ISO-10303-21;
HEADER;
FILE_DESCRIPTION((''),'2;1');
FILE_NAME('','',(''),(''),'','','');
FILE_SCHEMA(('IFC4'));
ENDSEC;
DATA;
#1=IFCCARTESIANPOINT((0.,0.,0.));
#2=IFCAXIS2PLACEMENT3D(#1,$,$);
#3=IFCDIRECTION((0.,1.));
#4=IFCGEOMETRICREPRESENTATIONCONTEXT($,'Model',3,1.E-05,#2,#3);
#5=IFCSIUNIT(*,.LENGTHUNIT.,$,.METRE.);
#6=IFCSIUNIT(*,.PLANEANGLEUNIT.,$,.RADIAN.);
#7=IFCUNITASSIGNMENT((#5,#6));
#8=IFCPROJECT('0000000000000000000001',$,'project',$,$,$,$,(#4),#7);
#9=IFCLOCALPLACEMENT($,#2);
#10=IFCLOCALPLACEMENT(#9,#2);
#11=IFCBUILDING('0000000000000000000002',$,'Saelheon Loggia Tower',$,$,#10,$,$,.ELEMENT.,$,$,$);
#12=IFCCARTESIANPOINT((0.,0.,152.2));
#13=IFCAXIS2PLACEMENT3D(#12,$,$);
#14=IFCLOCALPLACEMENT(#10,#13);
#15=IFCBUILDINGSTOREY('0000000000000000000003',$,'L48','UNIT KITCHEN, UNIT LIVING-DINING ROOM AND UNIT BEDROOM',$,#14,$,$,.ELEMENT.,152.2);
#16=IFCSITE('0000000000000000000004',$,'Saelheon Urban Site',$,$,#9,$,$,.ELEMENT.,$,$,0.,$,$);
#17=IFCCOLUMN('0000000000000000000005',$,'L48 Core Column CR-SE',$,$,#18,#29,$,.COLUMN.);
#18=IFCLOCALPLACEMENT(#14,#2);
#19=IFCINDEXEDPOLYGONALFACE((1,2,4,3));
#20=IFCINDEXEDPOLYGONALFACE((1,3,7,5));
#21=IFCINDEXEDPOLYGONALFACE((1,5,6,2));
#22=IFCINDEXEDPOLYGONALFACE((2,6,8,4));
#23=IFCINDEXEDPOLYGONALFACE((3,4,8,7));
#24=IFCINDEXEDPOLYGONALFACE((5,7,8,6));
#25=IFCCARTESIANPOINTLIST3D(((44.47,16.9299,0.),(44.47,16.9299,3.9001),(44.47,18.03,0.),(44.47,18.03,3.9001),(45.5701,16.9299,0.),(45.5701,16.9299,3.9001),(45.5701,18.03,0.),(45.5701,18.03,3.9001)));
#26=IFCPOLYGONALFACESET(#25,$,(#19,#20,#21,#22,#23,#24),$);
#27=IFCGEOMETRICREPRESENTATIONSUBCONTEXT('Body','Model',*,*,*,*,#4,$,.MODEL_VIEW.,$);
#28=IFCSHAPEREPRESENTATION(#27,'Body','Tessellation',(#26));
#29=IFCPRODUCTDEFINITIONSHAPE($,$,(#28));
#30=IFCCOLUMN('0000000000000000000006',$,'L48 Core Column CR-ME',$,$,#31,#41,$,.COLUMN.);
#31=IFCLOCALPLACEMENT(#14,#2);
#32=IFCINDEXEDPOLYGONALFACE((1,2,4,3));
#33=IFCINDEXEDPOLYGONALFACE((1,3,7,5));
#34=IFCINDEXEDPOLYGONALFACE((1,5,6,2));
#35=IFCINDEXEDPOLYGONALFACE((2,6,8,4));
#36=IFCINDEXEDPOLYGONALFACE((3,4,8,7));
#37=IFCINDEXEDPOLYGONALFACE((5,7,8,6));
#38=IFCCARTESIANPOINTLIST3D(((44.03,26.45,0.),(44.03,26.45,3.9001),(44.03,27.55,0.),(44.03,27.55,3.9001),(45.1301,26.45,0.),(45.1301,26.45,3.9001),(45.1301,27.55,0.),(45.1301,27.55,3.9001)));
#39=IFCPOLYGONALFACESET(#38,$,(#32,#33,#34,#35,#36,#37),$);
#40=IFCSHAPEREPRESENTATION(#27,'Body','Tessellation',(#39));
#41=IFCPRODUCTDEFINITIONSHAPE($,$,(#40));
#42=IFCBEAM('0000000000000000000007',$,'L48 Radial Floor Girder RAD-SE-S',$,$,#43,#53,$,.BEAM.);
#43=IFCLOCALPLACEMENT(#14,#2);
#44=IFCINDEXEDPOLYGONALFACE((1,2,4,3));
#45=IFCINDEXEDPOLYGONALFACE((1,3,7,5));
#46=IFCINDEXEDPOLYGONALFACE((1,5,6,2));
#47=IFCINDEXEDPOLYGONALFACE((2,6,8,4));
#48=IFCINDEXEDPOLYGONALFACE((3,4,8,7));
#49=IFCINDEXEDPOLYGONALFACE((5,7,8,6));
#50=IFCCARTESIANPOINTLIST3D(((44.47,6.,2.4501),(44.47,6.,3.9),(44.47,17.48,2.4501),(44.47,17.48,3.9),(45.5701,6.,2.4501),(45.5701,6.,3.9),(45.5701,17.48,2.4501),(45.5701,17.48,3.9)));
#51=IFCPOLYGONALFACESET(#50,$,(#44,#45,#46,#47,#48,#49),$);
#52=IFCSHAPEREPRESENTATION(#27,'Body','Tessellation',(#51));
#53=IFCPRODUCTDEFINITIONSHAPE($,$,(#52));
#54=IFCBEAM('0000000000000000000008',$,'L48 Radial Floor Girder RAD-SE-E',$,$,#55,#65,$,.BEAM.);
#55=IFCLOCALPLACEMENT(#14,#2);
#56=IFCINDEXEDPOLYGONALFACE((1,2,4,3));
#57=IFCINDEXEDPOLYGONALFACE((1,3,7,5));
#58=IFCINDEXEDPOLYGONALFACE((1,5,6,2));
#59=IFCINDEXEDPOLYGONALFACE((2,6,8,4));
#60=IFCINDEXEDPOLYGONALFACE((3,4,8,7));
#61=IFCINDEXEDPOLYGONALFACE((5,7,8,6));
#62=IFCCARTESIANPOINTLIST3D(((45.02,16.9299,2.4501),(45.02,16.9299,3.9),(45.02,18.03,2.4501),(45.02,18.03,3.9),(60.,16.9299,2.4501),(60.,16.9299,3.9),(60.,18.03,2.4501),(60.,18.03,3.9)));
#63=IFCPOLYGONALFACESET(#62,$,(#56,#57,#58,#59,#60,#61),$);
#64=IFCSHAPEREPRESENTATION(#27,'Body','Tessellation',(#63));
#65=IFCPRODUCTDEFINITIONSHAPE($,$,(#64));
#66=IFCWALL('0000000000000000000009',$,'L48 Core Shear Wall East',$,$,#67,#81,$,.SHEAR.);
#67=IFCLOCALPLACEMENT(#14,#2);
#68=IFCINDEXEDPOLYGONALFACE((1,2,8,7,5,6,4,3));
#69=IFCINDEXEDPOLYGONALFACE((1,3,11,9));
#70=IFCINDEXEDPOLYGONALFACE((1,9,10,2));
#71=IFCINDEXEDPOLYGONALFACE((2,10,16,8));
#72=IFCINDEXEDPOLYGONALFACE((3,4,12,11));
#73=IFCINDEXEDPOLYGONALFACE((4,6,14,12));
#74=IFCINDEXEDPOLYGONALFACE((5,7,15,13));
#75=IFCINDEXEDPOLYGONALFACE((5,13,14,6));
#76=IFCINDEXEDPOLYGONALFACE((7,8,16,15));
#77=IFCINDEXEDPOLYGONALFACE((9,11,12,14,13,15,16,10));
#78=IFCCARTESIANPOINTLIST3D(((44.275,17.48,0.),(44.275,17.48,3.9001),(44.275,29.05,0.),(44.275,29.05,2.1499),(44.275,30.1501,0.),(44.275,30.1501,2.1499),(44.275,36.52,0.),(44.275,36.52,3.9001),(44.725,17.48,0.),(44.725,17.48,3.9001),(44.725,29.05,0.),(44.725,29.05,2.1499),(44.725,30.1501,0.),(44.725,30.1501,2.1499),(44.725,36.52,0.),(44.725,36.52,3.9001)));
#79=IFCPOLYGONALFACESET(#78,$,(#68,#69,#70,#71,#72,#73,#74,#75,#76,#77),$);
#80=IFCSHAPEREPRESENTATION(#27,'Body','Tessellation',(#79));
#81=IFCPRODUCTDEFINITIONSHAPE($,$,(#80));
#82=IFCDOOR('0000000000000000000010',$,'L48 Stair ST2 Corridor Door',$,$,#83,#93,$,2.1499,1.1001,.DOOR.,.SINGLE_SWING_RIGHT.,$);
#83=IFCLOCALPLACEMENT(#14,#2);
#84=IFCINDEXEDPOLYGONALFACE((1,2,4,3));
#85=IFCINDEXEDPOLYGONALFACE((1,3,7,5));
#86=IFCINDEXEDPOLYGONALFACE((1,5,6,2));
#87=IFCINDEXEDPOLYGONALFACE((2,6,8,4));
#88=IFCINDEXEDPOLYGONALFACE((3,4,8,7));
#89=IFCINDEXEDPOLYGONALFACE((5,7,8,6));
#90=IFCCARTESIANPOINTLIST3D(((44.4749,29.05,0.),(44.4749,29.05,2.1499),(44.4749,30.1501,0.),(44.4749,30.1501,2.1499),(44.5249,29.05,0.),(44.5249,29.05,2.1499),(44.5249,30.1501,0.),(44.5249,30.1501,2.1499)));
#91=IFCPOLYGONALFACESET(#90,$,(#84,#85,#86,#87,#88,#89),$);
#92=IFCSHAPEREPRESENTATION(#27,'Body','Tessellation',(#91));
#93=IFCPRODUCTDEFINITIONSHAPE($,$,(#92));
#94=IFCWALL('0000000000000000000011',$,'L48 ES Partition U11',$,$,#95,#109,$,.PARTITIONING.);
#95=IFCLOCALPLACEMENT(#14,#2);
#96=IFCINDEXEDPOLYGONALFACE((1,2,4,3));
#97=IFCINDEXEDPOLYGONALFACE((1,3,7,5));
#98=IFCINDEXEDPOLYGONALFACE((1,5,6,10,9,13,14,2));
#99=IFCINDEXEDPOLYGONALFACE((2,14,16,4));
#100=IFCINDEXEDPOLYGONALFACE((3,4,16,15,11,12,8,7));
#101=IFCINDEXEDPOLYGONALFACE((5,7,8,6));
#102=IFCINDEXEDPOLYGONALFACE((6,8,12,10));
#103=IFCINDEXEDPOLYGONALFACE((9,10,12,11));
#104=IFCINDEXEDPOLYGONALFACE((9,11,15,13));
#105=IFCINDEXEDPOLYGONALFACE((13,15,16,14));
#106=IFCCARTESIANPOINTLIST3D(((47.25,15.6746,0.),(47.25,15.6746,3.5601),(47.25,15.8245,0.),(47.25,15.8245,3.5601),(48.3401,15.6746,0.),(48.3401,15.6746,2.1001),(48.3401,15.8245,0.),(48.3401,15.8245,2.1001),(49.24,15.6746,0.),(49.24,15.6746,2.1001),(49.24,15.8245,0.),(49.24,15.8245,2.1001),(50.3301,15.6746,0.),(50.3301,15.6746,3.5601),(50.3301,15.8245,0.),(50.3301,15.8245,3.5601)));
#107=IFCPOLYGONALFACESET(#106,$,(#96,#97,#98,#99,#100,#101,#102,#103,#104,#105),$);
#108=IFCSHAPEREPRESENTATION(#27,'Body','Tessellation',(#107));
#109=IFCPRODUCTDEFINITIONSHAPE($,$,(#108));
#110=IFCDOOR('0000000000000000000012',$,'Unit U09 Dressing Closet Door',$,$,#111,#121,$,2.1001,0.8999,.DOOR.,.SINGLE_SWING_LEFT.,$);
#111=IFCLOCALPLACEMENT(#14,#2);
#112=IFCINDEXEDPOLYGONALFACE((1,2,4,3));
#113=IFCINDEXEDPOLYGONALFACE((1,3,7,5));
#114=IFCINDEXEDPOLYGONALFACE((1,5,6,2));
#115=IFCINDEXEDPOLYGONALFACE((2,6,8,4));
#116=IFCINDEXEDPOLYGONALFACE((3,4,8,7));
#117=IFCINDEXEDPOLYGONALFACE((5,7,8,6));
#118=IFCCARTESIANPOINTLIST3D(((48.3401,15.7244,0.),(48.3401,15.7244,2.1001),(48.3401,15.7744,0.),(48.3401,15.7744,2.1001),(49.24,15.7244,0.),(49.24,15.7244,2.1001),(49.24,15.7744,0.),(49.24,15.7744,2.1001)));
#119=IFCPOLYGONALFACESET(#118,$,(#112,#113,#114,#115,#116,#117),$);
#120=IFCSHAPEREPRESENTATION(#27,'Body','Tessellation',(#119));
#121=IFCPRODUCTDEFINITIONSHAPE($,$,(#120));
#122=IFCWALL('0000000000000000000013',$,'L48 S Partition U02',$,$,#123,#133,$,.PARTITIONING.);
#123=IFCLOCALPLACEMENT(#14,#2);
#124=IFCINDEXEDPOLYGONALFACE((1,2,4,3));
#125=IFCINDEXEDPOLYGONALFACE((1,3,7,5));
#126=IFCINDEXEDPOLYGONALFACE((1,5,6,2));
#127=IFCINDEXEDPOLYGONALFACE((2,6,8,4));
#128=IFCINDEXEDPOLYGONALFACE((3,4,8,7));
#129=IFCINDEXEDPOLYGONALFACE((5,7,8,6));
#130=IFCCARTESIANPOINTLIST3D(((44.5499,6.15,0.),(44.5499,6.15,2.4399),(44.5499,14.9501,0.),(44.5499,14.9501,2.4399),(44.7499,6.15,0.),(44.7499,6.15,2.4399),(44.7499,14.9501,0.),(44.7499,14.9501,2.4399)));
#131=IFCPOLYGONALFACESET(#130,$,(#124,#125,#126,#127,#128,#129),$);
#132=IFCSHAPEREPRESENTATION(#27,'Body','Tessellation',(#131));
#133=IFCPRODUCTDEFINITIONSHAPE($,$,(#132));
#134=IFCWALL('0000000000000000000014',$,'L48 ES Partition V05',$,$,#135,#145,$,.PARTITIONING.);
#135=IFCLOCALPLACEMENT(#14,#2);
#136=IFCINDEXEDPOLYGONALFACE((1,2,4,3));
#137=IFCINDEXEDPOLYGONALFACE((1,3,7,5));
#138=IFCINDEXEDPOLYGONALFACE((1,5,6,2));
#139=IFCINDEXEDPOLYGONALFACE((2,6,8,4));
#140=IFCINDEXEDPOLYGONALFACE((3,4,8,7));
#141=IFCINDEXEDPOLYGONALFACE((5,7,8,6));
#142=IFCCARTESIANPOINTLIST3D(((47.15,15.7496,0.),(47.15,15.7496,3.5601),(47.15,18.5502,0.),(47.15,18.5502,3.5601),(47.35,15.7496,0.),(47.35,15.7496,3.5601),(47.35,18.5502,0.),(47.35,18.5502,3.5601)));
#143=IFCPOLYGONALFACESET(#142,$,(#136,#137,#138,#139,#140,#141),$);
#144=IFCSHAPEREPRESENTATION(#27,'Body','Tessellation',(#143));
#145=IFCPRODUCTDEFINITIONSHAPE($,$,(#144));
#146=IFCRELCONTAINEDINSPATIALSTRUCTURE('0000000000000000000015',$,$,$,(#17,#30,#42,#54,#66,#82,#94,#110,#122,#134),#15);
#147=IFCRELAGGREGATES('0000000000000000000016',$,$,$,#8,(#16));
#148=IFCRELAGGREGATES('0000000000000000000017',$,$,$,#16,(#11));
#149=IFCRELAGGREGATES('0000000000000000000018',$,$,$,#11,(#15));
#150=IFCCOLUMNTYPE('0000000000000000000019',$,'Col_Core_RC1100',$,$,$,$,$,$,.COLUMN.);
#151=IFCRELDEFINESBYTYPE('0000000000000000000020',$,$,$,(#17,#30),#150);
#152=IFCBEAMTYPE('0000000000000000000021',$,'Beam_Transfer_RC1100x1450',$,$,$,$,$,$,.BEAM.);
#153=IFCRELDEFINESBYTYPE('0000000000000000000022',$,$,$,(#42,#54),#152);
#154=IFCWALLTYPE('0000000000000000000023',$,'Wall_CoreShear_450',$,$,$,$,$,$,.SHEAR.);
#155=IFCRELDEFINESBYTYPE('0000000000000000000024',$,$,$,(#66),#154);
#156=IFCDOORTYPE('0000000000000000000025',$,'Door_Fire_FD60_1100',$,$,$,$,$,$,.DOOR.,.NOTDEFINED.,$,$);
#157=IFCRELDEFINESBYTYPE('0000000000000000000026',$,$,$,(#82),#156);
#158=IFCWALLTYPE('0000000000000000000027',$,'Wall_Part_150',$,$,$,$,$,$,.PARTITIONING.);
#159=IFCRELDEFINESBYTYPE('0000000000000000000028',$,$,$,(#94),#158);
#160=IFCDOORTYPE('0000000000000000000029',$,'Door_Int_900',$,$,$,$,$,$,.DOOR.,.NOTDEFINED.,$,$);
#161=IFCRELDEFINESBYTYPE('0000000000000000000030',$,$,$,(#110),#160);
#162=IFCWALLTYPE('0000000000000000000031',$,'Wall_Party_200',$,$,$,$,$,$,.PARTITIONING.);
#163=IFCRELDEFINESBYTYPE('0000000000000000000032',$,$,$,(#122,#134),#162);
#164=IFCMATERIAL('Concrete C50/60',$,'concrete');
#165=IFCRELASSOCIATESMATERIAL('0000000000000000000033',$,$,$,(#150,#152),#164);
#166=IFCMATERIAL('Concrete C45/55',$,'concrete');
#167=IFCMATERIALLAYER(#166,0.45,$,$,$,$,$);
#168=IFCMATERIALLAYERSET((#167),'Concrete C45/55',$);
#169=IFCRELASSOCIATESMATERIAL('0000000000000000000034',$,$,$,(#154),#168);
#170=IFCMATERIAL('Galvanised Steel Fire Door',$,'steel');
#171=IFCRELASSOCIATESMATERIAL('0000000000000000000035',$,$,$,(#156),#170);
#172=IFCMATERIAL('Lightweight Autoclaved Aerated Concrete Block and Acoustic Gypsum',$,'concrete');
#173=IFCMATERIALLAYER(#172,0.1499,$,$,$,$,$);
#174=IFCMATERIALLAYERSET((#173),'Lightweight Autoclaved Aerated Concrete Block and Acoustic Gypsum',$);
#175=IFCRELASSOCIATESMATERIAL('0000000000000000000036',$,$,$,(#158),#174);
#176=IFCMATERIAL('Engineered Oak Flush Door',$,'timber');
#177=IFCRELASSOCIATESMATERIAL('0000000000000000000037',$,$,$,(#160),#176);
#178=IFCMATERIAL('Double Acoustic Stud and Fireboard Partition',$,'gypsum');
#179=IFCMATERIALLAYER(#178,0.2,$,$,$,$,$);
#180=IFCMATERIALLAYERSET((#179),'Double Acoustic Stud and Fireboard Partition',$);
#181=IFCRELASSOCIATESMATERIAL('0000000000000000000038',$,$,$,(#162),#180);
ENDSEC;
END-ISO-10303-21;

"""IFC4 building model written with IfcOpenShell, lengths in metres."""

from ifc_helpers import new_model, si_unit, direction, frame, frame_2d, origin, origin_2d, place, context, subcontext, project, spatial, rectangle, extrude, source, transform, mapped, material, layer, layer_set, material_profile, profile_set, type_object, element, fill, save


model = new_model("IFC4")

# Units and contexts
model_context = context("Model", 3, precision=1e-05, world=origin(), true_north=direction((0.0, 1.0)))
body_context = subcontext(model_context, "Body", "Model", "MODEL_VIEW")
ifc_project = project(units=[si_unit("LENGTHUNIT", "METRE"), si_unit("PLANEANGLEUNIT", "RADIAN")], contexts=[model_context])

# Site, building, storey
site_placement = place(None, origin())
site = spatial("IfcSite", under=ifc_project, at=site_placement, Name="Saelheon Urban Site", CompositionType="ELEMENT", RefElevation=0.0)
building_placement = place(site_placement, origin())
building = spatial("IfcBuilding", under=site, at=building_placement, Name="Saelheon Loggia Tower", CompositionType="ELEMENT")
storey_placement = place(building_placement, frame((0.0, 0.0, 152.2)))
storey = spatial("IfcBuildingStorey", under=building, at=storey_placement, Name="L48", Description="UNIT KITCHEN, UNIT LIVING-DINING ROOM AND UNIT BEDROOM", CompositionType="ELEMENT", Elevation=152.2)

# Columns
ifc_material_1 = material(Name="Concrete C50/60", Category="concrete")
ifc_material_profile_1 = material_profile(ifc_material_1, rectangle(XDim=1.1001, YDim=1.1001, at=origin_2d()), Name="RC-1100x1100")
ifc_profile_set_1 = profile_set([ifc_material_profile_1], Name="Concrete C50/60")
column_type = type_object("IfcColumnType", Name="Col_Core_RC1100", PredefinedType="COLUMN", material=ifc_profile_set_1)
shared_shape_1 = source(origin(), body_context, "Body", "SweptSolid", [
    extrude(rectangle(XDim=1.1001, YDim=1.1001, at=origin_2d()), origin(), (0.0, 0.0, 1.0), 3.9001),
])
for number, where, z_axis, x_axis, name in (
    (1, (45.02, 17.48, 0.0), (0.0, 0.0, 1.0), (1.0, 0.0, 0.0), "L48 Core Column CR-SE"),
    (2, (44.5801, 27.0, 0.0), (0.0, 0.0, 1.0), (1.0, 0.0, 0.0), "L48 Core Column CR-ME"),
):
    element("IfcColumn", number, at=place(storey_placement, frame(where, z_axis=z_axis, x_axis=x_axis)), inside=storey, type_object=column_type, Name=name, PredefinedType="COLUMN", context=body_context, shape_type="MappedRepresentation", body=[
        mapped(shared_shape_1, transform((0.0, 0.0, 0.0), scale=1.0)),
    ])

# Beams
ifc_material_profile_2 = material_profile(ifc_material_1, rectangle(XDim=1.1001, YDim=1.45, at=origin_2d()), Name="RC-1100x1450")
ifc_profile_set_2 = profile_set([ifc_material_profile_2], Name="Concrete C50/60")
beam_type = type_object("IfcBeamType", Name="Beam_Transfer_RC1100x1450", PredefinedType="BEAM", material=ifc_profile_set_2)
shared_shape_2 = source(origin(), body_context, "Body", "SweptSolid", [
    extrude(rectangle(XDim=1.1001, YDim=1.45, at=origin_2d()), origin(), (0.0, 0.0, 1.0), 11.48),
])
beam_1_placement = place(storey_placement, frame((45.02, 17.48, 3.175), z_axis=(0.0, -1.0, 0.0), x_axis=(1.0, 0.0, 0.0)))
element("IfcBeam", 3, at=beam_1_placement, inside=storey, type_object=beam_type, Name="L48 Radial Floor Girder RAD-SE-S", PredefinedType="BEAM", context=body_context, shape_type="MappedRepresentation", body=[
    mapped(shared_shape_2, transform((0.0, 0.0, 0.0), scale=1.0)),
])
shared_shape_3 = source(origin(), body_context, "Body", "SweptSolid", [
    extrude(rectangle(XDim=1.1001, YDim=1.45, at=origin_2d()), origin(), (0.0, 0.0, 1.0), 14.98),
])
beam_2_placement = place(storey_placement, frame((45.02, 17.48, 3.175), z_axis=(1.0, 0.0, 0.0), x_axis=(0.0, 1.0, 0.0)))
element("IfcBeam", 4, at=beam_2_placement, inside=storey, type_object=beam_type, Name="L48 Radial Floor Girder RAD-SE-E", PredefinedType="BEAM", context=body_context, shape_type="MappedRepresentation", body=[
    mapped(shared_shape_3, transform((0.0, 0.0, 0.0), scale=1.0)),
])

# Walls, openings, doors
ifc_material_2 = material(Name="Concrete C45/55", Category="concrete")
ifc_layer_1 = layer(ifc_material_2, 0.45)
ifc_layer_set_1 = layer_set([ifc_layer_1], Name="Concrete C45/55")
wall_type_1 = type_object("IfcWallType", Name="Wall_CoreShear_450", PredefinedType="SHEAR", material=ifc_layer_set_1)
wall_1_placement = place(storey_placement, frame((44.5, 17.48, 0.0), z_axis=(0.0, 0.0, 1.0), x_axis=(0.0, 1.0, 0.0)))
wall_1 = element("IfcWall", 5, at=wall_1_placement, inside=storey, type_object=wall_type_1, Name="L48 Core Shear Wall East", PredefinedType="SHEAR", context=body_context, shape_type="SweptSolid", body=[
    extrude(rectangle(XDim=19.04, YDim=0.45, at=frame_2d((9.52, 0.0))), origin(), (0.0, 0.0, 1.0), 3.9001),
])
opening_1_placement = place(wall_1_placement, frame((12.6702, 0.0, 0.0), z_axis=(0.0, 0.0, 1.0), x_axis=(-1.0, 0.0, 0.0)))
opening_1 = element("IfcOpeningElement", 6, at=opening_1_placement, cuts=wall_1, PredefinedType="OPENING", context=body_context, shape_type="SweptSolid", body=[
    extrude(rectangle(XDim=1.1001, YDim=2.1499, at=frame_2d((0.55, 1.075))), frame((0.0, 0.2371, 0.0), z_axis=(0.0, -1.0, 0.0), x_axis=(1.0, 0.0, 0.0)), (0.0, 0.0, 1.0), 0.4739),
])
ifc_material_3 = material(Name="Galvanised Steel Fire Door", Category="steel")
door_type_1 = type_object("IfcDoorType", Name="Door_Fire_FD60_1100", OperationType="NOTDEFINED", PredefinedType="DOOR", material=ifc_material_3)
shared_shape_4 = source(origin(), body_context, "Body", "SweptSolid", [
    extrude(rectangle(XDim=1.1001, YDim=2.1499, at=frame_2d((0.55, 1.075))), frame((0.0, 0.0249, 0.0), z_axis=(0.0, -1.0, 0.0), x_axis=(1.0, 0.0, 0.0)), (0.0, 0.0, 1.0), 0.05),
])
door_1_placement = place(opening_1_placement, origin())
door_1 = element("IfcDoor", 7, at=door_1_placement, inside=storey, type_object=door_type_1, Name="L48 Stair ST2 Corridor Door", OperationType="SINGLE_SWING_RIGHT", OverallHeight=2.1499, OverallWidth=1.1001, PredefinedType="DOOR", context=body_context, shape_type="MappedRepresentation", body=[
    mapped(shared_shape_4, transform((0.0, 0.0, 0.0), scale=1.0)),
])
fill(opening_1, door_1)
ifc_material_4 = material(Name="Lightweight Autoclaved Aerated Concrete Block and Acoustic Gypsum", Category="concrete")
ifc_layer_2 = layer(ifc_material_4, 0.1499)
ifc_layer_set_2 = layer_set([ifc_layer_2], Name="Lightweight Autoclaved Aerated Concrete Block and Acoustic Gypsum")
wall_type_2 = type_object("IfcWallType", Name="Wall_Part_150", PredefinedType="PARTITIONING", material=ifc_layer_set_2)
wall_2_placement = place(storey_placement, frame((47.25, 15.7495, 0.0), z_axis=(0.0, 0.0, 1.0), x_axis=(1.0, 0.0, 0.0)))
wall_2 = element("IfcWall", 8, at=wall_2_placement, inside=storey, type_object=wall_type_2, Name="L48 ES Partition U11", PredefinedType="PARTITIONING", context=body_context, shape_type="SweptSolid", body=[
    extrude(rectangle(XDim=3.0801, YDim=0.1499, at=frame_2d((1.54, 0.0))), origin(), (0.0, 0.0, 1.0), 3.5601),
])
opening_2_placement = place(wall_2_placement, frame((1.0901, 0.0, 0.0)))
opening_2 = element("IfcOpeningElement", 9, at=opening_2_placement, cuts=wall_2, PredefinedType="OPENING", context=body_context, shape_type="SweptSolid", body=[
    extrude(rectangle(XDim=0.8999, YDim=2.1001, at=frame_2d((0.45, 1.05))), frame((0.0, 0.0869, 0.0), z_axis=(0.0, -1.0, 0.0), x_axis=(1.0, 0.0, 0.0)), (0.0, 0.0, 1.0), 0.1738),
])
ifc_material_5 = material(Name="Engineered Oak Flush Door", Category="timber")
door_type_2 = type_object("IfcDoorType", Name="Door_Int_900", OperationType="NOTDEFINED", PredefinedType="DOOR", material=ifc_material_5)
shared_shape_5 = source(origin(), body_context, "Body", "SweptSolid", [
    extrude(rectangle(XDim=0.8999, YDim=2.1001, at=frame_2d((0.45, 1.05))), frame((0.0, 0.0249, 0.0), z_axis=(0.0, -1.0, 0.0), x_axis=(1.0, 0.0, 0.0)), (0.0, 0.0, 1.0), 0.05),
])
door_2_placement = place(opening_2_placement, origin())
door_2 = element("IfcDoor", 10, at=door_2_placement, inside=storey, type_object=door_type_2, Name="Unit U09 Dressing Closet Door", OperationType="SINGLE_SWING_LEFT", OverallHeight=2.1001, OverallWidth=0.8999, PredefinedType="DOOR", context=body_context, shape_type="MappedRepresentation", body=[
    mapped(shared_shape_5, transform((0.0, 0.0, 0.0), scale=1.0)),
])
fill(opening_2, door_2)

# Walls
ifc_material_6 = material(Name="Double Acoustic Stud and Fireboard Partition", Category="gypsum")
ifc_layer_3 = layer(ifc_material_6, 0.2)
ifc_layer_set_3 = layer_set([ifc_layer_3], Name="Double Acoustic Stud and Fireboard Partition")
wall_type_3 = type_object("IfcWallType", Name="Wall_Party_200", PredefinedType="PARTITIONING", material=ifc_layer_set_3)
wall_3_placement = place(storey_placement, frame((44.6499, 14.95, 0.0), z_axis=(0.0, 0.0, 1.0), x_axis=(0.0, -1.0, 0.0)))
element("IfcWall", 11, at=wall_3_placement, inside=storey, type_object=wall_type_3, Name="L48 S Partition U02", PredefinedType="PARTITIONING", context=body_context, shape_type="SweptSolid", body=[
    extrude(rectangle(XDim=8.8, YDim=0.2, at=frame_2d((4.3999, 0.0))), origin(), (0.0, 0.0, 1.0), 2.4399),
])
wall_4_placement = place(storey_placement, frame((47.25, 15.7495, 0.0), z_axis=(0.0, 0.0, 1.0), x_axis=(0.0, 1.0, 0.0)))
element("IfcWall", 12, at=wall_4_placement, inside=storey, type_object=wall_type_3, Name="L48 ES Partition V05", PredefinedType="PARTITIONING", context=body_context, shape_type="SweptSolid", body=[
    extrude(rectangle(XDim=2.8005, YDim=0.2, at=frame_2d((1.4004, 0.0))), origin(), (0.0, 0.0, 1.0), 3.5601),
])

save(model, "model.ifc")
